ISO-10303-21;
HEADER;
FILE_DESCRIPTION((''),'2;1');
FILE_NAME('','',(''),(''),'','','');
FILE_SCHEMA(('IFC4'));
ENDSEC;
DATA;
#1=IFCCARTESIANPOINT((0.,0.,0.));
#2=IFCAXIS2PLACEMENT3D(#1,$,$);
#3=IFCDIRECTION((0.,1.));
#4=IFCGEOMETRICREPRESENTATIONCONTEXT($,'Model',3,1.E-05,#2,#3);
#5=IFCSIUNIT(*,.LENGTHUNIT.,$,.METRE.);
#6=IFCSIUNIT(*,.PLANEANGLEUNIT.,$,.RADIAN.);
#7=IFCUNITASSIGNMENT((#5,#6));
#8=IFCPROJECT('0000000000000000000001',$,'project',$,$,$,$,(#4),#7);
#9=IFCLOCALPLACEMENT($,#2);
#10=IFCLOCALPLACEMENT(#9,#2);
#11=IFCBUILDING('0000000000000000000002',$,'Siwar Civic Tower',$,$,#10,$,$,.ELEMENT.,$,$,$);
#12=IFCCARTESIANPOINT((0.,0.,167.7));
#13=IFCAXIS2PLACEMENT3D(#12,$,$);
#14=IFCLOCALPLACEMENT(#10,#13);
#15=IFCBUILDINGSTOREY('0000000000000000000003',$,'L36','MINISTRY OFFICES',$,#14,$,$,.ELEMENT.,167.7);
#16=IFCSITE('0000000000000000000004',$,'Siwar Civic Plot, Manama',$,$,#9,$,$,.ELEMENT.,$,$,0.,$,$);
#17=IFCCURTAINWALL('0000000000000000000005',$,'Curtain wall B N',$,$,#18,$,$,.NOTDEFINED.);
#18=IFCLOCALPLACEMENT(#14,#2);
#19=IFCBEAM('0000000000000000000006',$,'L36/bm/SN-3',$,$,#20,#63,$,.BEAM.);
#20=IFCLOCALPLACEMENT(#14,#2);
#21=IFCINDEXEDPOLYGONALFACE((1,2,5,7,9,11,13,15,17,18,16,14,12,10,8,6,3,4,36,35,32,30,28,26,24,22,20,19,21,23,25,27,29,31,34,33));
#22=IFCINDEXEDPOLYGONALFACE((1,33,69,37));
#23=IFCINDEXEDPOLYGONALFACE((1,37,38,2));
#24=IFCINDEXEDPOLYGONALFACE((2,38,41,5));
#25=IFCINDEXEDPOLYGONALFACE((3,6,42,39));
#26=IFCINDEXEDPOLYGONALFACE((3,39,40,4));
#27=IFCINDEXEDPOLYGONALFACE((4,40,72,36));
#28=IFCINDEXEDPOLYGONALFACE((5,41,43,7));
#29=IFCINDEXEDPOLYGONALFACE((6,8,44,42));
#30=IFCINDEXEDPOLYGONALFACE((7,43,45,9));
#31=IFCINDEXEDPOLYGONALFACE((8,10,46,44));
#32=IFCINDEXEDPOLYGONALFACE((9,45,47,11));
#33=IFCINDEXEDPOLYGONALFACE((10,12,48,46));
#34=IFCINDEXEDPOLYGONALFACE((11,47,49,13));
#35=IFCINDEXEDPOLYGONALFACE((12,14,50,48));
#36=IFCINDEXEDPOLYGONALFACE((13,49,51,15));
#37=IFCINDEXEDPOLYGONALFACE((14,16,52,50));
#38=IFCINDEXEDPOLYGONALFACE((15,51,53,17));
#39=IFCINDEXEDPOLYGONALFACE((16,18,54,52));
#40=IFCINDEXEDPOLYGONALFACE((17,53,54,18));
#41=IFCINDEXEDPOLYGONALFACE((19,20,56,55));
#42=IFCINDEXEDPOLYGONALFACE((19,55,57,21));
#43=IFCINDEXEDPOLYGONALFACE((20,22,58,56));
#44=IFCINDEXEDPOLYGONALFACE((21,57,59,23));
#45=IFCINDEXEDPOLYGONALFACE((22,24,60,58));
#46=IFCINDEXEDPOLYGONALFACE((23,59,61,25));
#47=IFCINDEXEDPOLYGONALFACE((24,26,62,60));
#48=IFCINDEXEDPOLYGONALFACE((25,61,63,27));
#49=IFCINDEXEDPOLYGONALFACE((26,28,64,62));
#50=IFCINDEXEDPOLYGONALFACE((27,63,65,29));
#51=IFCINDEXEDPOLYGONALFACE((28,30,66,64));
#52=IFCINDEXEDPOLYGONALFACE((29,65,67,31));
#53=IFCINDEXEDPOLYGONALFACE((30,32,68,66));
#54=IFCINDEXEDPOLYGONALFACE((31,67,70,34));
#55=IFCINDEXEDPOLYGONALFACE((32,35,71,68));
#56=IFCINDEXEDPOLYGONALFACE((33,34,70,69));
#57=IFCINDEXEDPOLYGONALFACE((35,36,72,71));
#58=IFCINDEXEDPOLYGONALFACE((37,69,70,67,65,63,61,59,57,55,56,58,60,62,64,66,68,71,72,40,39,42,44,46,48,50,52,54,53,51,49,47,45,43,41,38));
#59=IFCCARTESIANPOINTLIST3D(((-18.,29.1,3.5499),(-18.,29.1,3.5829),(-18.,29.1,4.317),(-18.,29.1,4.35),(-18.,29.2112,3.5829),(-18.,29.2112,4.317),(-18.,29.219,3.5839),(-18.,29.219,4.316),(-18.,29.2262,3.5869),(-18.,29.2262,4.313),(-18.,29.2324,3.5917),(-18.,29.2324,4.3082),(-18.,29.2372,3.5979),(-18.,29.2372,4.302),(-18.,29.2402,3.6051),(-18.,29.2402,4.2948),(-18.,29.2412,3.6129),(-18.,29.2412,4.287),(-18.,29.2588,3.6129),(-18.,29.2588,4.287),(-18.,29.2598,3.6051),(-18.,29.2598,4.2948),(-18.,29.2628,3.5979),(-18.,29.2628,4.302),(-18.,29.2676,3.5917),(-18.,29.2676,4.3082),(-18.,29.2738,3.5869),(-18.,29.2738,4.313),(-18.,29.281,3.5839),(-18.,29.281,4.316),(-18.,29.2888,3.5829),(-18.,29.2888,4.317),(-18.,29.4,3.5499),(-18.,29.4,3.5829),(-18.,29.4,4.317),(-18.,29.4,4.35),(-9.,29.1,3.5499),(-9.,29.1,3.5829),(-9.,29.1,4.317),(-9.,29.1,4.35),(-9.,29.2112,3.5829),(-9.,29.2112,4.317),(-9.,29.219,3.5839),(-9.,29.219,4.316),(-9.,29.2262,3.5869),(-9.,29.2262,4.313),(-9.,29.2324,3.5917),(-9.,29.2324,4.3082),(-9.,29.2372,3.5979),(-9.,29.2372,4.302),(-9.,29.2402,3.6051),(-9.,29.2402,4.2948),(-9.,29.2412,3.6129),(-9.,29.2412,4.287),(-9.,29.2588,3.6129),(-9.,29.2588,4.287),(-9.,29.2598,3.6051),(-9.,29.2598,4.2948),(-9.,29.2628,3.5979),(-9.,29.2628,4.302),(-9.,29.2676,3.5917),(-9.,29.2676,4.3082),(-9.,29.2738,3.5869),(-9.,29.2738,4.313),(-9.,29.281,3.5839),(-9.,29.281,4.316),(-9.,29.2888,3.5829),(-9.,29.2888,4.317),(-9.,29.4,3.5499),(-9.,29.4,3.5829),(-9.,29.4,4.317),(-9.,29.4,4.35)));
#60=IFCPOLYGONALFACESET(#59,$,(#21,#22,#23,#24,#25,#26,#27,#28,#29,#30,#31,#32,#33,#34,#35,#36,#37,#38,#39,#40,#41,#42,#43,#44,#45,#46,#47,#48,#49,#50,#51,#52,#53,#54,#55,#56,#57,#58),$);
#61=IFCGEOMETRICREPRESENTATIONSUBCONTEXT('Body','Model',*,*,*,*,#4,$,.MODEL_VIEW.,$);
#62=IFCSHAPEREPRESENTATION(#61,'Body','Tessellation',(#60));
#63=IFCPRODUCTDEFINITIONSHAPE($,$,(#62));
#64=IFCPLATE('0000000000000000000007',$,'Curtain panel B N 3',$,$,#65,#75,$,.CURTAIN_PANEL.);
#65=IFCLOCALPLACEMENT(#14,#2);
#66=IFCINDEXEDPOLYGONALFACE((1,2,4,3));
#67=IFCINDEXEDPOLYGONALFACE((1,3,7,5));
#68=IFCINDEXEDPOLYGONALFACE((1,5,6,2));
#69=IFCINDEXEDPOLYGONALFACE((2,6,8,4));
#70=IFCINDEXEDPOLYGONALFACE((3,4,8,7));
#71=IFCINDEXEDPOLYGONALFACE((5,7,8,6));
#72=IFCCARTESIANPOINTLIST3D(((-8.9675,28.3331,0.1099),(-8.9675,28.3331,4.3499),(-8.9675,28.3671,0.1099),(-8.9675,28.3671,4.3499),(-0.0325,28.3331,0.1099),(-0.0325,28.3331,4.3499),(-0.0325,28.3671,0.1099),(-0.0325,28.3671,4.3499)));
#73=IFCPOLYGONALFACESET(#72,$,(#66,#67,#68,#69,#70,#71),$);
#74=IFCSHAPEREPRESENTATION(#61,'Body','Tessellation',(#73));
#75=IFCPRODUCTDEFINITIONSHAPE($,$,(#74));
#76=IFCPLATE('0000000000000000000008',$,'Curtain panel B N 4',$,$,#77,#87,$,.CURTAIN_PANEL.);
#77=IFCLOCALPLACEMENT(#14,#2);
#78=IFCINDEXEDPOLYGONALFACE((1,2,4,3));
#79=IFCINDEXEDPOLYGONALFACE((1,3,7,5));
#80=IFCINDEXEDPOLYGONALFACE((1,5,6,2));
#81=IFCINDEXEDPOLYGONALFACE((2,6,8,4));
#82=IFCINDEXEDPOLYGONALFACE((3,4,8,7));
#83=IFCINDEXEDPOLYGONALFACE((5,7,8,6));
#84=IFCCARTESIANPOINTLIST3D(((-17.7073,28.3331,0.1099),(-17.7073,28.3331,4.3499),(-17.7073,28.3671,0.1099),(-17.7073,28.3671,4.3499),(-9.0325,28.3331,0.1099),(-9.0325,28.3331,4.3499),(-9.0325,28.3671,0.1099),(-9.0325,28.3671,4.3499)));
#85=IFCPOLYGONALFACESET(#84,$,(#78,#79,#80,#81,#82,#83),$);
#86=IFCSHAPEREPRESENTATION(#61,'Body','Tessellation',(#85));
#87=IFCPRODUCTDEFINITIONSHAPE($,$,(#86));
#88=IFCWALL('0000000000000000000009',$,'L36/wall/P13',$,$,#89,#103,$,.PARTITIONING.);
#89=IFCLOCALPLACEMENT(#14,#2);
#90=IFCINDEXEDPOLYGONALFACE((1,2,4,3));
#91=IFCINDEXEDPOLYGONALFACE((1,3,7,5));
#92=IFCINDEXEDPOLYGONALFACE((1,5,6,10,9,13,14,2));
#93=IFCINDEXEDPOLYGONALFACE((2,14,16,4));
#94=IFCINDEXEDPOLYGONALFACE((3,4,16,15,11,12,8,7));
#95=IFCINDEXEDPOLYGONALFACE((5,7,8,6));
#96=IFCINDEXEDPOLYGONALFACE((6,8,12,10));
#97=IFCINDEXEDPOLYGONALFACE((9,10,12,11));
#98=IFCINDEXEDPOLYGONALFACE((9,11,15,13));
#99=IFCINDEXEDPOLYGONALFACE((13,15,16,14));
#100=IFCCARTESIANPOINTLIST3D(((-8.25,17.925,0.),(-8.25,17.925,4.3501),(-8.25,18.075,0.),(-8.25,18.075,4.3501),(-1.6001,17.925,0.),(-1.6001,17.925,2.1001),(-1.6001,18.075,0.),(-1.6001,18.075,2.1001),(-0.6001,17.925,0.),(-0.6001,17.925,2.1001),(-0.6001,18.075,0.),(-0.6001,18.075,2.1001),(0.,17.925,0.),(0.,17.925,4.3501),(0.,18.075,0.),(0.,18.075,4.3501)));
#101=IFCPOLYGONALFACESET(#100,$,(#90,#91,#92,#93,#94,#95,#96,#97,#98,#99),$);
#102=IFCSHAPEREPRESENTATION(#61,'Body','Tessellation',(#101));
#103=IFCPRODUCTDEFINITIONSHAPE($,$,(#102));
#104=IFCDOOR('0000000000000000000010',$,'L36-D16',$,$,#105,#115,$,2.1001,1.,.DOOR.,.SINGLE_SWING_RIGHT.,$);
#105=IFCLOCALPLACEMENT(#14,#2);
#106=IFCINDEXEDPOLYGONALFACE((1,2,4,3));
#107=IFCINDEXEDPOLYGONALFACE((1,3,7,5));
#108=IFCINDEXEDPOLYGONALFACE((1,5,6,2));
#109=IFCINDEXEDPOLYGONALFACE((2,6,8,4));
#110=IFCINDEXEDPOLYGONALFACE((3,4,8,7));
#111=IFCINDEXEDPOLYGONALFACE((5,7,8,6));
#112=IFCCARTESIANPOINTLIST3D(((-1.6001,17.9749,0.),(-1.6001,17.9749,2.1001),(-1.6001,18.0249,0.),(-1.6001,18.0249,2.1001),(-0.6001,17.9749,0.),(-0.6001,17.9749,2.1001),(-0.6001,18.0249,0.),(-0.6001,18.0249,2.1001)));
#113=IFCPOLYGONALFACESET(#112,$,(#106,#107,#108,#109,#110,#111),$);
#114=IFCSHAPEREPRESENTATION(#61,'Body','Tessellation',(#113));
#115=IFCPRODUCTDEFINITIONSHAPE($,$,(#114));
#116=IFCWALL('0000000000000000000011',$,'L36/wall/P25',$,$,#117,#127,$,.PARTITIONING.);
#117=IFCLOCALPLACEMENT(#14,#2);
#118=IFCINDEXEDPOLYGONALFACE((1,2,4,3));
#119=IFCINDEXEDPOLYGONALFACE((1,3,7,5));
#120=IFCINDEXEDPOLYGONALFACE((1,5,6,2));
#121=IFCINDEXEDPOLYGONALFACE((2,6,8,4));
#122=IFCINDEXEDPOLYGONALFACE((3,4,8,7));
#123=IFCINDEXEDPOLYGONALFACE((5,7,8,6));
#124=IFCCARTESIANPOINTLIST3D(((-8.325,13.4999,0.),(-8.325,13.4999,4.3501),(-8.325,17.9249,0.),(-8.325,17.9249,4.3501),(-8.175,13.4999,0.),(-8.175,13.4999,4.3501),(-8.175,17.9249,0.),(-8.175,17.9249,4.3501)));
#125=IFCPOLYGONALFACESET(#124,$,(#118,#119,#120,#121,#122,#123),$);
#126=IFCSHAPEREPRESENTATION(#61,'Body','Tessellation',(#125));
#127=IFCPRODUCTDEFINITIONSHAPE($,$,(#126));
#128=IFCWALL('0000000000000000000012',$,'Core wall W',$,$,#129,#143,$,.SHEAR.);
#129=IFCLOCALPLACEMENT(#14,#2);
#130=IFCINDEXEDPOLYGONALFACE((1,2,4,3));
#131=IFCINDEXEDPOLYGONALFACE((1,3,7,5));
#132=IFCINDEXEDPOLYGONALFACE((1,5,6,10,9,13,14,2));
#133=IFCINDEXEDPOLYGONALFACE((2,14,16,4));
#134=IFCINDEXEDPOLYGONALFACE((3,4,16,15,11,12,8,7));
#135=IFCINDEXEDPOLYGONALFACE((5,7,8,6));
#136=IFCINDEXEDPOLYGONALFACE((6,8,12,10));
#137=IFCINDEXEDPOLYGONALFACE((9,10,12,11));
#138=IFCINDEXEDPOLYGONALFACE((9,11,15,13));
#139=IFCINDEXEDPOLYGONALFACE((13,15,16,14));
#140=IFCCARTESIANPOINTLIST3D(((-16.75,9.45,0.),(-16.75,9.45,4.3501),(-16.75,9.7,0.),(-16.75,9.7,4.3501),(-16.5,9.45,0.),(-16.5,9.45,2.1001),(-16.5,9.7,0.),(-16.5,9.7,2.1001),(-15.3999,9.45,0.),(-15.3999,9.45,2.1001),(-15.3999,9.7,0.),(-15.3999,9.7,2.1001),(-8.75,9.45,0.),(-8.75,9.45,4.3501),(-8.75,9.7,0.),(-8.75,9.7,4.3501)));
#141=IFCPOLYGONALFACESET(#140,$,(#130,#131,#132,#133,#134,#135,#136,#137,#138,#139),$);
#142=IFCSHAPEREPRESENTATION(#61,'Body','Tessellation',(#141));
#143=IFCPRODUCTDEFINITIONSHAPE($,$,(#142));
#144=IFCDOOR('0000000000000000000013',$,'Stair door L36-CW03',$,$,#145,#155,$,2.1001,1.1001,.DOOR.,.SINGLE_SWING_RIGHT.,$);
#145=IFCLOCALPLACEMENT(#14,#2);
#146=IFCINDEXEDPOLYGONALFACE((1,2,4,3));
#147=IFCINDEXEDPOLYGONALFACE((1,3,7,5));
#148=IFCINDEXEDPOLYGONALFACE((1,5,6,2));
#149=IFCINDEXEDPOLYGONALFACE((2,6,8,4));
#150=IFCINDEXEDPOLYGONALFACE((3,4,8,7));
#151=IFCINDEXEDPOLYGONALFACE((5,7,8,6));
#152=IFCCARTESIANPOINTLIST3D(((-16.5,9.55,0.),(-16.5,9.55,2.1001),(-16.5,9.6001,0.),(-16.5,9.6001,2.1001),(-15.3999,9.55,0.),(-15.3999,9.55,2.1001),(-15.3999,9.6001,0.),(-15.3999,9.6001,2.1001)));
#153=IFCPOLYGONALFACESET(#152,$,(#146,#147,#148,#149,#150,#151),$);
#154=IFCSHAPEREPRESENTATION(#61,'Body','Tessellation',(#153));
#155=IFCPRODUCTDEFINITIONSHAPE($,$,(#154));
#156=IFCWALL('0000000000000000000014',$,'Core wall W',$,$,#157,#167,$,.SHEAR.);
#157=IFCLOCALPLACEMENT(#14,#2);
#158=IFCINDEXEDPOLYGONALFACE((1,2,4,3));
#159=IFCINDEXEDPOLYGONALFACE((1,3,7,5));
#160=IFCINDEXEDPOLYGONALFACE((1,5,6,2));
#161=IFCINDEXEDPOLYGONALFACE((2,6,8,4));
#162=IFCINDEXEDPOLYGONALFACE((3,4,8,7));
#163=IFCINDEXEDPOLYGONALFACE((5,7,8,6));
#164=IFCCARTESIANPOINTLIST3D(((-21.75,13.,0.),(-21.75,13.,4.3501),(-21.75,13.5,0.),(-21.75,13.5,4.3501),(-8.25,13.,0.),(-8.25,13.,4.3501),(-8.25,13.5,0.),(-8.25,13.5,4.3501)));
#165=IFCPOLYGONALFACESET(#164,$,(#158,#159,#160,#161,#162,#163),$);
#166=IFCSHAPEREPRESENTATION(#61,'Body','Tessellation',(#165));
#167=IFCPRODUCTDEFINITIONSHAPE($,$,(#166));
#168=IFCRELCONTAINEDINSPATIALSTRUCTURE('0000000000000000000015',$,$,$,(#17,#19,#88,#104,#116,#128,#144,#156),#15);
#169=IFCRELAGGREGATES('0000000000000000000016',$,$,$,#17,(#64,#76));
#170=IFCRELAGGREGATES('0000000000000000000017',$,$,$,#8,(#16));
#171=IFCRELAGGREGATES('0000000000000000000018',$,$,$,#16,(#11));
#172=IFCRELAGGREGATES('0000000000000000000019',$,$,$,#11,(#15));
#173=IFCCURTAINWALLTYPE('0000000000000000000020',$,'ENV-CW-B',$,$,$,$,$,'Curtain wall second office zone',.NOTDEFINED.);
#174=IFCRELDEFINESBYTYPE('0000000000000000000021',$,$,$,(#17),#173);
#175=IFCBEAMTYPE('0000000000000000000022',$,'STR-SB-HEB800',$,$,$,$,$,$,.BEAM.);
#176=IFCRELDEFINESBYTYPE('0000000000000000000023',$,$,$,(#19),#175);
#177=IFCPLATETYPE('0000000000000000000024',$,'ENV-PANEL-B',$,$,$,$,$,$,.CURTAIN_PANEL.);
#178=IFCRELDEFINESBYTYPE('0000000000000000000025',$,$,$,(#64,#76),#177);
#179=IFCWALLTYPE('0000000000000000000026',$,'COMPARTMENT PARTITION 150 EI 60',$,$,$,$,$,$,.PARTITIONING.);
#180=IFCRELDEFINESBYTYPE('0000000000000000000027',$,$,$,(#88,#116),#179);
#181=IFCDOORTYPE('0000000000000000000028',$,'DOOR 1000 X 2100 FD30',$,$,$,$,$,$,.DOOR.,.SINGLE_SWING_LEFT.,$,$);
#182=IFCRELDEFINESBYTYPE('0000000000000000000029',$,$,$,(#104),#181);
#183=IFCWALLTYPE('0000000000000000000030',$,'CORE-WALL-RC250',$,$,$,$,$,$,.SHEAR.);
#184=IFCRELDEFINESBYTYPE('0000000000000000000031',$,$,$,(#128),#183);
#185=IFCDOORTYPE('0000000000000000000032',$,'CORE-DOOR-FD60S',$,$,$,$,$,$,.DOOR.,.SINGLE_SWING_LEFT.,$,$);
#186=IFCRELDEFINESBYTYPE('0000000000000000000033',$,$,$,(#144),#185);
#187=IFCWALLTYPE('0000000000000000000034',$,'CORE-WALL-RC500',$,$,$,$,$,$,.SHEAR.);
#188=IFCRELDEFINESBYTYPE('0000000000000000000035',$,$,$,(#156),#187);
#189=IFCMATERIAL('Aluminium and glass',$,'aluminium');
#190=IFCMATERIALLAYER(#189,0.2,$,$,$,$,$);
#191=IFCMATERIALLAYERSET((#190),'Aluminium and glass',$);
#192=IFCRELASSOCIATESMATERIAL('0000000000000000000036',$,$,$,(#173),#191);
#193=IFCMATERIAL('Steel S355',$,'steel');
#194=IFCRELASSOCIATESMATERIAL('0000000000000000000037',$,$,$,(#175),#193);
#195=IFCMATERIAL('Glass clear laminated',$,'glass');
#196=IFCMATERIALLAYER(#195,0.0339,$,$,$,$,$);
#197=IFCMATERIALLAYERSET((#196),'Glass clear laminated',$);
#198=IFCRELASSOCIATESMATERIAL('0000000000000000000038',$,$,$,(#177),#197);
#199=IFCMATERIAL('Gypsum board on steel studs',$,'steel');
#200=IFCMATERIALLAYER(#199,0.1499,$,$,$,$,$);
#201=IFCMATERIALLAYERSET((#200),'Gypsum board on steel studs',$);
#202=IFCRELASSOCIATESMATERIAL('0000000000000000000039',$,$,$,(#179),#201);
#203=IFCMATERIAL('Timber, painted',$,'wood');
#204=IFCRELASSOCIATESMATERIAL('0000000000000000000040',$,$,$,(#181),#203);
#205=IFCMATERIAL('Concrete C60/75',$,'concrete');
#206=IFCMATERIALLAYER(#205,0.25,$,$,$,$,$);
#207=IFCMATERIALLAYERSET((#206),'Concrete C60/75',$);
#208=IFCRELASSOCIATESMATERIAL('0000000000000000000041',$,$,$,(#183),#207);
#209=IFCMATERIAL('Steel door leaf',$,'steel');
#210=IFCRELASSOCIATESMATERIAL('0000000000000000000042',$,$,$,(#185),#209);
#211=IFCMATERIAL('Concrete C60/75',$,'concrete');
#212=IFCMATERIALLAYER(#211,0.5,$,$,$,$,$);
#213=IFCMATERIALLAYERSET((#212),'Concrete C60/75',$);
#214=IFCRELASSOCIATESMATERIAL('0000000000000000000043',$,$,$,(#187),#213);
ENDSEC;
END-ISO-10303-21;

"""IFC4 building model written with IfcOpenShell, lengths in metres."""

from ifc_helpers import new_model, si_unit, direction, frame, frame_2d, origin, origin_2d, place, context, subcontext, project, spatial, rectangle, i_section, extrude, material, layer, layer_set, material_profile, profile_set, type_object, element, fill, aggregate, save


model = new_model("IFC4")

# Units and contexts
model_context = context("Model", 3, precision=1e-05, world=origin(), true_north=direction((0.0, 1.0)))
body_context = subcontext(model_context, "Body", "Model", "MODEL_VIEW")
ifc_project = project(units=[si_unit("LENGTHUNIT", "METRE"), si_unit("PLANEANGLEUNIT", "RADIAN")], contexts=[model_context])

# Site, building, storey
site_placement = place(None, origin())
site = spatial("IfcSite", under=ifc_project, at=site_placement, Name="Siwar Civic Plot, Manama", CompositionType="ELEMENT", RefElevation=0.0)
building_placement = place(site_placement, origin())
building = spatial("IfcBuilding", under=site, at=building_placement, Name="Siwar Civic Tower", CompositionType="ELEMENT")
storey_placement = place(building_placement, frame((0.0, 0.0, 167.7)))
storey = spatial("IfcBuildingStorey", under=building, at=storey_placement, Name="L36", Description="MINISTRY OFFICES", CompositionType="ELEMENT", Elevation=167.7)

# Curtain wall
ifc_material_1 = material(Name="Aluminium and glass", Category="aluminium")
ifc_layer_1 = layer(ifc_material_1, 0.2)
ifc_layer_set_1 = layer_set([ifc_layer_1], Name="Aluminium and glass")
curtain_wall_type_1 = type_object("IfcCurtainWallType", Name="ENV-CW-B", ElementType="Curtain wall second office zone", PredefinedType="NOTDEFINED", material=ifc_layer_set_1)
curtain_wall_1_placement = place(storey_placement, origin())
curtain_wall_1 = element("IfcCurtainWall", 1, at=curtain_wall_1_placement, inside=storey, type_object=curtain_wall_type_1, Name="Curtain wall B N", PredefinedType="NOTDEFINED")

# Beam
ifc_material_2 = material(Name="Steel S355", Category="steel")
ifc_material_profile_1 = material_profile(ifc_material_2, i_section(OverallWidth=0.3, OverallDepth=0.8, WebThickness=0.0176, FlangeThickness=0.033, FilletRadius=0.03, at=origin_2d()), Name="HEB800")
ifc_profile_set_1 = profile_set([ifc_material_profile_1], Name="Steel S355")
beam_type_1 = type_object("IfcBeamType", Name="STR-SB-HEB800", PredefinedType="BEAM", material=ifc_profile_set_1)
for number, where, z_axis, x_axis, name in (
    (2, (-9.0, 29.25, 3.95), (-1.0, 0.0, 0.0), (0.0, -1.0, 0.0), "L36/bm/SN-3"),
):
    element("IfcBeam", number, at=place(storey_placement, frame(where, z_axis=z_axis, x_axis=x_axis)), inside=storey, type_object=beam_type_1, Name=name, PredefinedType="BEAM", context=body_context, shape_type="SweptSolid", body=[
        extrude(i_section(OverallWidth=0.3, OverallDepth=0.8, WebThickness=0.0176, FlangeThickness=0.033, FilletRadius=0.03, at=origin_2d()), origin(), (0.0, 0.0, 1.0), 9.0),
    ])

# Plates
ifc_material_3 = material(Name="Glass clear laminated", Category="glass")
ifc_layer_2 = layer(ifc_material_3, 0.0339)
ifc_layer_set_2 = layer_set([ifc_layer_2], Name="Glass clear laminated")
plate_type = type_object("IfcPlateType", Name="ENV-PANEL-B", PredefinedType="CURTAIN_PANEL", material=ifc_layer_set_2)
plate_1_placement = place(storey_placement, frame((-4.5, 28.3501, 0.1099), z_axis=(0.0, 0.0, 1.0), x_axis=(-1.0, 0.0, 0.0)))
plate_1 = element("IfcPlate", 3, at=plate_1_placement, type_object=plate_type, Name="Curtain panel B N 3", PredefinedType="CURTAIN_PANEL", context=body_context, shape_type="SweptSolid", body=[
    extrude(rectangle(XDim=8.9351, YDim=0.0339, at=origin_2d()), origin(), (0.0, 0.0, 1.0), 4.24),
])
plate_2_placement = place(storey_placement, frame((-13.3699, 28.3501, 0.1099), z_axis=(0.0, 0.0, 1.0), x_axis=(-1.0, 0.0, 0.0)))
plate_2 = element("IfcPlate", 4, at=plate_2_placement, type_object=plate_type, Name="Curtain panel B N 4", PredefinedType="CURTAIN_PANEL", context=body_context, shape_type="SweptSolid", body=[
    extrude(rectangle(XDim=8.6748, YDim=0.0339, at=origin_2d()), origin(), (0.0, 0.0, 1.0), 4.24),
])
aggregate(curtain_wall_1, [plate_1, plate_2])

# Wall, opening, door
ifc_material_4 = material(Name="Gypsum board on steel studs", Category="steel")
ifc_layer_3 = layer(ifc_material_4, 0.1499)
ifc_layer_set_3 = layer_set([ifc_layer_3], Name="Gypsum board on steel studs")
wall_type_1 = type_object("IfcWallType", Name="COMPARTMENT PARTITION 150 EI 60", PredefinedType="PARTITIONING", material=ifc_layer_set_3)
wall_1_placement = place(storey_placement, frame((-8.25, 18.0, 0.0), z_axis=(0.0, 0.0, 1.0), x_axis=(1.0, 0.0, 0.0)))
wall_1 = element("IfcWall", 5, at=wall_1_placement, inside=storey, type_object=wall_type_1, Name="L36/wall/P13", PredefinedType="PARTITIONING", context=body_context, shape_type="SweptSolid", body=[
    extrude(rectangle(XDim=8.25, YDim=0.1499, at=frame_2d((4.125, 0.0))), origin(), (0.0, 0.0, 1.0), 4.3501),
])
opening_1_placement = place(wall_1_placement, frame((6.6499, 0.0, 0.0)))
opening_1 = element("IfcOpeningElement", 6, at=opening_1_placement, cuts=wall_1, PredefinedType="OPENING", context=body_context, shape_type="SweptSolid", body=[
    extrude(rectangle(XDim=1.0, YDim=2.1001, at=frame_2d((0.5, 1.05))), frame((0.0, 0.085, 0.0), z_axis=(0.0, -1.0, 0.0), x_axis=(1.0, 0.0, 0.0)), (0.0, 0.0, 1.0), 0.1699),
])
ifc_material_5 = material(Name="Timber, painted", Category="wood")
door_type_1 = type_object("IfcDoorType", Name="DOOR 1000 X 2100 FD30", OperationType="SINGLE_SWING_LEFT", PredefinedType="DOOR", material=ifc_material_5)
door_1_placement = place(opening_1_placement, origin())
door_1 = element("IfcDoor", 7, at=door_1_placement, inside=storey, type_object=door_type_1, Name="L36-D16", OperationType="SINGLE_SWING_RIGHT", OverallHeight=2.1001, OverallWidth=1.0, PredefinedType="DOOR", context=body_context, shape_type="SweptSolid", body=[
    extrude(rectangle(XDim=1.0, YDim=2.1001, at=frame_2d((0.5, 1.05))), frame((0.0, 0.0249, 0.0), z_axis=(0.0, -1.0, 0.0), x_axis=(1.0, 0.0, 0.0)), (0.0, 0.0, 1.0), 0.05),
])
fill(opening_1, door_1)

# Wall
wall_2_placement = place(storey_placement, frame((-8.25, 13.5, 0.0), z_axis=(0.0, 0.0, 1.0), x_axis=(0.0, 1.0, 0.0)))
element("IfcWall", 8, at=wall_2_placement, inside=storey, type_object=wall_type_1, Name="L36/wall/P25", PredefinedType="PARTITIONING", context=body_context, shape_type="SweptSolid", body=[
    extrude(rectangle(XDim=4.425, YDim=0.1499, at=frame_2d((2.2124, 0.0))), origin(), (0.0, 0.0, 1.0), 4.3501),
])

# Wall, opening, door
ifc_material_6 = material(Name="Concrete C60/75", Category="concrete")
ifc_layer_4 = layer(ifc_material_6, 0.25)
ifc_layer_set_4 = layer_set([ifc_layer_4], Name="Concrete C60/75")
wall_type_2 = type_object("IfcWallType", Name="CORE-WALL-RC250", PredefinedType="SHEAR", material=ifc_layer_set_4)
wall_3_placement = place(storey_placement, frame((-8.75, 9.575, 0.0), z_axis=(0.0, 0.0, 1.0), x_axis=(-1.0, 0.0, 0.0)))
wall_3 = element("IfcWall", 9, at=wall_3_placement, inside=storey, type_object=wall_type_2, Name="Core wall W", PredefinedType="SHEAR", context=body_context, shape_type="SweptSolid", body=[
    extrude(rectangle(XDim=8.0, YDim=0.25, at=frame_2d((4.0, 0.0))), origin(), (0.0, 0.0, 1.0), 4.3501),
])
opening_2_placement = place(wall_3_placement, frame((6.6499, 0.0, 0.0)))
opening_2 = element("IfcOpeningElement", 10, at=opening_2_placement, cuts=wall_3, PredefinedType="OPENING", context=body_context, shape_type="SweptSolid", body=[
    extrude(rectangle(XDim=1.1001, YDim=2.1001, at=frame_2d((0.55, 1.05))), frame((0.0, 0.135, 0.0), z_axis=(0.0, -1.0, 0.0), x_axis=(1.0, 0.0, 0.0)), (0.0, 0.0, 1.0), 0.27),
])
ifc_material_7 = material(Name="Steel door leaf", Category="steel")
door_type_2 = type_object("IfcDoorType", Name="CORE-DOOR-FD60S", OperationType="SINGLE_SWING_LEFT", PredefinedType="DOOR", material=ifc_material_7)
door_2_placement = place(opening_2_placement, origin())
door_2 = element("IfcDoor", 11, at=door_2_placement, inside=storey, type_object=door_type_2, Name="Stair door L36-CW03", OperationType="SINGLE_SWING_RIGHT", OverallHeight=2.1001, OverallWidth=1.1001, PredefinedType="DOOR", context=body_context, shape_type="SweptSolid", body=[
    extrude(rectangle(XDim=1.1001, YDim=2.1001, at=frame_2d((0.55, 1.05))), frame((0.0, 0.0249, 0.0), z_axis=(0.0, -1.0, 0.0), x_axis=(1.0, 0.0, 0.0)), (0.0, 0.0, 1.0), 0.05),
])
fill(opening_2, door_2)

# Wall
ifc_material_8 = material(Name="Concrete C60/75", Category="concrete")
ifc_layer_5 = layer(ifc_material_8, 0.5)
ifc_layer_set_5 = layer_set([ifc_layer_5], Name="Concrete C60/75")
wall_type_3 = type_object("IfcWallType", Name="CORE-WALL-RC500", PredefinedType="SHEAR", material=ifc_layer_set_5)
wall_4_placement = place(storey_placement, frame((-8.25, 13.25, 0.0), z_axis=(0.0, 0.0, 1.0), x_axis=(-1.0, 0.0, 0.0)))
element("IfcWall", 12, at=wall_4_placement, inside=storey, type_object=wall_type_3, Name="Core wall W", PredefinedType="SHEAR", context=body_context, shape_type="SweptSolid", body=[
    extrude(rectangle(XDim=13.5, YDim=0.5, at=frame_2d((6.75, 0.0))), origin(), (0.0, 0.0, 1.0), 4.3501),
])

save(model, "model.ifc")
